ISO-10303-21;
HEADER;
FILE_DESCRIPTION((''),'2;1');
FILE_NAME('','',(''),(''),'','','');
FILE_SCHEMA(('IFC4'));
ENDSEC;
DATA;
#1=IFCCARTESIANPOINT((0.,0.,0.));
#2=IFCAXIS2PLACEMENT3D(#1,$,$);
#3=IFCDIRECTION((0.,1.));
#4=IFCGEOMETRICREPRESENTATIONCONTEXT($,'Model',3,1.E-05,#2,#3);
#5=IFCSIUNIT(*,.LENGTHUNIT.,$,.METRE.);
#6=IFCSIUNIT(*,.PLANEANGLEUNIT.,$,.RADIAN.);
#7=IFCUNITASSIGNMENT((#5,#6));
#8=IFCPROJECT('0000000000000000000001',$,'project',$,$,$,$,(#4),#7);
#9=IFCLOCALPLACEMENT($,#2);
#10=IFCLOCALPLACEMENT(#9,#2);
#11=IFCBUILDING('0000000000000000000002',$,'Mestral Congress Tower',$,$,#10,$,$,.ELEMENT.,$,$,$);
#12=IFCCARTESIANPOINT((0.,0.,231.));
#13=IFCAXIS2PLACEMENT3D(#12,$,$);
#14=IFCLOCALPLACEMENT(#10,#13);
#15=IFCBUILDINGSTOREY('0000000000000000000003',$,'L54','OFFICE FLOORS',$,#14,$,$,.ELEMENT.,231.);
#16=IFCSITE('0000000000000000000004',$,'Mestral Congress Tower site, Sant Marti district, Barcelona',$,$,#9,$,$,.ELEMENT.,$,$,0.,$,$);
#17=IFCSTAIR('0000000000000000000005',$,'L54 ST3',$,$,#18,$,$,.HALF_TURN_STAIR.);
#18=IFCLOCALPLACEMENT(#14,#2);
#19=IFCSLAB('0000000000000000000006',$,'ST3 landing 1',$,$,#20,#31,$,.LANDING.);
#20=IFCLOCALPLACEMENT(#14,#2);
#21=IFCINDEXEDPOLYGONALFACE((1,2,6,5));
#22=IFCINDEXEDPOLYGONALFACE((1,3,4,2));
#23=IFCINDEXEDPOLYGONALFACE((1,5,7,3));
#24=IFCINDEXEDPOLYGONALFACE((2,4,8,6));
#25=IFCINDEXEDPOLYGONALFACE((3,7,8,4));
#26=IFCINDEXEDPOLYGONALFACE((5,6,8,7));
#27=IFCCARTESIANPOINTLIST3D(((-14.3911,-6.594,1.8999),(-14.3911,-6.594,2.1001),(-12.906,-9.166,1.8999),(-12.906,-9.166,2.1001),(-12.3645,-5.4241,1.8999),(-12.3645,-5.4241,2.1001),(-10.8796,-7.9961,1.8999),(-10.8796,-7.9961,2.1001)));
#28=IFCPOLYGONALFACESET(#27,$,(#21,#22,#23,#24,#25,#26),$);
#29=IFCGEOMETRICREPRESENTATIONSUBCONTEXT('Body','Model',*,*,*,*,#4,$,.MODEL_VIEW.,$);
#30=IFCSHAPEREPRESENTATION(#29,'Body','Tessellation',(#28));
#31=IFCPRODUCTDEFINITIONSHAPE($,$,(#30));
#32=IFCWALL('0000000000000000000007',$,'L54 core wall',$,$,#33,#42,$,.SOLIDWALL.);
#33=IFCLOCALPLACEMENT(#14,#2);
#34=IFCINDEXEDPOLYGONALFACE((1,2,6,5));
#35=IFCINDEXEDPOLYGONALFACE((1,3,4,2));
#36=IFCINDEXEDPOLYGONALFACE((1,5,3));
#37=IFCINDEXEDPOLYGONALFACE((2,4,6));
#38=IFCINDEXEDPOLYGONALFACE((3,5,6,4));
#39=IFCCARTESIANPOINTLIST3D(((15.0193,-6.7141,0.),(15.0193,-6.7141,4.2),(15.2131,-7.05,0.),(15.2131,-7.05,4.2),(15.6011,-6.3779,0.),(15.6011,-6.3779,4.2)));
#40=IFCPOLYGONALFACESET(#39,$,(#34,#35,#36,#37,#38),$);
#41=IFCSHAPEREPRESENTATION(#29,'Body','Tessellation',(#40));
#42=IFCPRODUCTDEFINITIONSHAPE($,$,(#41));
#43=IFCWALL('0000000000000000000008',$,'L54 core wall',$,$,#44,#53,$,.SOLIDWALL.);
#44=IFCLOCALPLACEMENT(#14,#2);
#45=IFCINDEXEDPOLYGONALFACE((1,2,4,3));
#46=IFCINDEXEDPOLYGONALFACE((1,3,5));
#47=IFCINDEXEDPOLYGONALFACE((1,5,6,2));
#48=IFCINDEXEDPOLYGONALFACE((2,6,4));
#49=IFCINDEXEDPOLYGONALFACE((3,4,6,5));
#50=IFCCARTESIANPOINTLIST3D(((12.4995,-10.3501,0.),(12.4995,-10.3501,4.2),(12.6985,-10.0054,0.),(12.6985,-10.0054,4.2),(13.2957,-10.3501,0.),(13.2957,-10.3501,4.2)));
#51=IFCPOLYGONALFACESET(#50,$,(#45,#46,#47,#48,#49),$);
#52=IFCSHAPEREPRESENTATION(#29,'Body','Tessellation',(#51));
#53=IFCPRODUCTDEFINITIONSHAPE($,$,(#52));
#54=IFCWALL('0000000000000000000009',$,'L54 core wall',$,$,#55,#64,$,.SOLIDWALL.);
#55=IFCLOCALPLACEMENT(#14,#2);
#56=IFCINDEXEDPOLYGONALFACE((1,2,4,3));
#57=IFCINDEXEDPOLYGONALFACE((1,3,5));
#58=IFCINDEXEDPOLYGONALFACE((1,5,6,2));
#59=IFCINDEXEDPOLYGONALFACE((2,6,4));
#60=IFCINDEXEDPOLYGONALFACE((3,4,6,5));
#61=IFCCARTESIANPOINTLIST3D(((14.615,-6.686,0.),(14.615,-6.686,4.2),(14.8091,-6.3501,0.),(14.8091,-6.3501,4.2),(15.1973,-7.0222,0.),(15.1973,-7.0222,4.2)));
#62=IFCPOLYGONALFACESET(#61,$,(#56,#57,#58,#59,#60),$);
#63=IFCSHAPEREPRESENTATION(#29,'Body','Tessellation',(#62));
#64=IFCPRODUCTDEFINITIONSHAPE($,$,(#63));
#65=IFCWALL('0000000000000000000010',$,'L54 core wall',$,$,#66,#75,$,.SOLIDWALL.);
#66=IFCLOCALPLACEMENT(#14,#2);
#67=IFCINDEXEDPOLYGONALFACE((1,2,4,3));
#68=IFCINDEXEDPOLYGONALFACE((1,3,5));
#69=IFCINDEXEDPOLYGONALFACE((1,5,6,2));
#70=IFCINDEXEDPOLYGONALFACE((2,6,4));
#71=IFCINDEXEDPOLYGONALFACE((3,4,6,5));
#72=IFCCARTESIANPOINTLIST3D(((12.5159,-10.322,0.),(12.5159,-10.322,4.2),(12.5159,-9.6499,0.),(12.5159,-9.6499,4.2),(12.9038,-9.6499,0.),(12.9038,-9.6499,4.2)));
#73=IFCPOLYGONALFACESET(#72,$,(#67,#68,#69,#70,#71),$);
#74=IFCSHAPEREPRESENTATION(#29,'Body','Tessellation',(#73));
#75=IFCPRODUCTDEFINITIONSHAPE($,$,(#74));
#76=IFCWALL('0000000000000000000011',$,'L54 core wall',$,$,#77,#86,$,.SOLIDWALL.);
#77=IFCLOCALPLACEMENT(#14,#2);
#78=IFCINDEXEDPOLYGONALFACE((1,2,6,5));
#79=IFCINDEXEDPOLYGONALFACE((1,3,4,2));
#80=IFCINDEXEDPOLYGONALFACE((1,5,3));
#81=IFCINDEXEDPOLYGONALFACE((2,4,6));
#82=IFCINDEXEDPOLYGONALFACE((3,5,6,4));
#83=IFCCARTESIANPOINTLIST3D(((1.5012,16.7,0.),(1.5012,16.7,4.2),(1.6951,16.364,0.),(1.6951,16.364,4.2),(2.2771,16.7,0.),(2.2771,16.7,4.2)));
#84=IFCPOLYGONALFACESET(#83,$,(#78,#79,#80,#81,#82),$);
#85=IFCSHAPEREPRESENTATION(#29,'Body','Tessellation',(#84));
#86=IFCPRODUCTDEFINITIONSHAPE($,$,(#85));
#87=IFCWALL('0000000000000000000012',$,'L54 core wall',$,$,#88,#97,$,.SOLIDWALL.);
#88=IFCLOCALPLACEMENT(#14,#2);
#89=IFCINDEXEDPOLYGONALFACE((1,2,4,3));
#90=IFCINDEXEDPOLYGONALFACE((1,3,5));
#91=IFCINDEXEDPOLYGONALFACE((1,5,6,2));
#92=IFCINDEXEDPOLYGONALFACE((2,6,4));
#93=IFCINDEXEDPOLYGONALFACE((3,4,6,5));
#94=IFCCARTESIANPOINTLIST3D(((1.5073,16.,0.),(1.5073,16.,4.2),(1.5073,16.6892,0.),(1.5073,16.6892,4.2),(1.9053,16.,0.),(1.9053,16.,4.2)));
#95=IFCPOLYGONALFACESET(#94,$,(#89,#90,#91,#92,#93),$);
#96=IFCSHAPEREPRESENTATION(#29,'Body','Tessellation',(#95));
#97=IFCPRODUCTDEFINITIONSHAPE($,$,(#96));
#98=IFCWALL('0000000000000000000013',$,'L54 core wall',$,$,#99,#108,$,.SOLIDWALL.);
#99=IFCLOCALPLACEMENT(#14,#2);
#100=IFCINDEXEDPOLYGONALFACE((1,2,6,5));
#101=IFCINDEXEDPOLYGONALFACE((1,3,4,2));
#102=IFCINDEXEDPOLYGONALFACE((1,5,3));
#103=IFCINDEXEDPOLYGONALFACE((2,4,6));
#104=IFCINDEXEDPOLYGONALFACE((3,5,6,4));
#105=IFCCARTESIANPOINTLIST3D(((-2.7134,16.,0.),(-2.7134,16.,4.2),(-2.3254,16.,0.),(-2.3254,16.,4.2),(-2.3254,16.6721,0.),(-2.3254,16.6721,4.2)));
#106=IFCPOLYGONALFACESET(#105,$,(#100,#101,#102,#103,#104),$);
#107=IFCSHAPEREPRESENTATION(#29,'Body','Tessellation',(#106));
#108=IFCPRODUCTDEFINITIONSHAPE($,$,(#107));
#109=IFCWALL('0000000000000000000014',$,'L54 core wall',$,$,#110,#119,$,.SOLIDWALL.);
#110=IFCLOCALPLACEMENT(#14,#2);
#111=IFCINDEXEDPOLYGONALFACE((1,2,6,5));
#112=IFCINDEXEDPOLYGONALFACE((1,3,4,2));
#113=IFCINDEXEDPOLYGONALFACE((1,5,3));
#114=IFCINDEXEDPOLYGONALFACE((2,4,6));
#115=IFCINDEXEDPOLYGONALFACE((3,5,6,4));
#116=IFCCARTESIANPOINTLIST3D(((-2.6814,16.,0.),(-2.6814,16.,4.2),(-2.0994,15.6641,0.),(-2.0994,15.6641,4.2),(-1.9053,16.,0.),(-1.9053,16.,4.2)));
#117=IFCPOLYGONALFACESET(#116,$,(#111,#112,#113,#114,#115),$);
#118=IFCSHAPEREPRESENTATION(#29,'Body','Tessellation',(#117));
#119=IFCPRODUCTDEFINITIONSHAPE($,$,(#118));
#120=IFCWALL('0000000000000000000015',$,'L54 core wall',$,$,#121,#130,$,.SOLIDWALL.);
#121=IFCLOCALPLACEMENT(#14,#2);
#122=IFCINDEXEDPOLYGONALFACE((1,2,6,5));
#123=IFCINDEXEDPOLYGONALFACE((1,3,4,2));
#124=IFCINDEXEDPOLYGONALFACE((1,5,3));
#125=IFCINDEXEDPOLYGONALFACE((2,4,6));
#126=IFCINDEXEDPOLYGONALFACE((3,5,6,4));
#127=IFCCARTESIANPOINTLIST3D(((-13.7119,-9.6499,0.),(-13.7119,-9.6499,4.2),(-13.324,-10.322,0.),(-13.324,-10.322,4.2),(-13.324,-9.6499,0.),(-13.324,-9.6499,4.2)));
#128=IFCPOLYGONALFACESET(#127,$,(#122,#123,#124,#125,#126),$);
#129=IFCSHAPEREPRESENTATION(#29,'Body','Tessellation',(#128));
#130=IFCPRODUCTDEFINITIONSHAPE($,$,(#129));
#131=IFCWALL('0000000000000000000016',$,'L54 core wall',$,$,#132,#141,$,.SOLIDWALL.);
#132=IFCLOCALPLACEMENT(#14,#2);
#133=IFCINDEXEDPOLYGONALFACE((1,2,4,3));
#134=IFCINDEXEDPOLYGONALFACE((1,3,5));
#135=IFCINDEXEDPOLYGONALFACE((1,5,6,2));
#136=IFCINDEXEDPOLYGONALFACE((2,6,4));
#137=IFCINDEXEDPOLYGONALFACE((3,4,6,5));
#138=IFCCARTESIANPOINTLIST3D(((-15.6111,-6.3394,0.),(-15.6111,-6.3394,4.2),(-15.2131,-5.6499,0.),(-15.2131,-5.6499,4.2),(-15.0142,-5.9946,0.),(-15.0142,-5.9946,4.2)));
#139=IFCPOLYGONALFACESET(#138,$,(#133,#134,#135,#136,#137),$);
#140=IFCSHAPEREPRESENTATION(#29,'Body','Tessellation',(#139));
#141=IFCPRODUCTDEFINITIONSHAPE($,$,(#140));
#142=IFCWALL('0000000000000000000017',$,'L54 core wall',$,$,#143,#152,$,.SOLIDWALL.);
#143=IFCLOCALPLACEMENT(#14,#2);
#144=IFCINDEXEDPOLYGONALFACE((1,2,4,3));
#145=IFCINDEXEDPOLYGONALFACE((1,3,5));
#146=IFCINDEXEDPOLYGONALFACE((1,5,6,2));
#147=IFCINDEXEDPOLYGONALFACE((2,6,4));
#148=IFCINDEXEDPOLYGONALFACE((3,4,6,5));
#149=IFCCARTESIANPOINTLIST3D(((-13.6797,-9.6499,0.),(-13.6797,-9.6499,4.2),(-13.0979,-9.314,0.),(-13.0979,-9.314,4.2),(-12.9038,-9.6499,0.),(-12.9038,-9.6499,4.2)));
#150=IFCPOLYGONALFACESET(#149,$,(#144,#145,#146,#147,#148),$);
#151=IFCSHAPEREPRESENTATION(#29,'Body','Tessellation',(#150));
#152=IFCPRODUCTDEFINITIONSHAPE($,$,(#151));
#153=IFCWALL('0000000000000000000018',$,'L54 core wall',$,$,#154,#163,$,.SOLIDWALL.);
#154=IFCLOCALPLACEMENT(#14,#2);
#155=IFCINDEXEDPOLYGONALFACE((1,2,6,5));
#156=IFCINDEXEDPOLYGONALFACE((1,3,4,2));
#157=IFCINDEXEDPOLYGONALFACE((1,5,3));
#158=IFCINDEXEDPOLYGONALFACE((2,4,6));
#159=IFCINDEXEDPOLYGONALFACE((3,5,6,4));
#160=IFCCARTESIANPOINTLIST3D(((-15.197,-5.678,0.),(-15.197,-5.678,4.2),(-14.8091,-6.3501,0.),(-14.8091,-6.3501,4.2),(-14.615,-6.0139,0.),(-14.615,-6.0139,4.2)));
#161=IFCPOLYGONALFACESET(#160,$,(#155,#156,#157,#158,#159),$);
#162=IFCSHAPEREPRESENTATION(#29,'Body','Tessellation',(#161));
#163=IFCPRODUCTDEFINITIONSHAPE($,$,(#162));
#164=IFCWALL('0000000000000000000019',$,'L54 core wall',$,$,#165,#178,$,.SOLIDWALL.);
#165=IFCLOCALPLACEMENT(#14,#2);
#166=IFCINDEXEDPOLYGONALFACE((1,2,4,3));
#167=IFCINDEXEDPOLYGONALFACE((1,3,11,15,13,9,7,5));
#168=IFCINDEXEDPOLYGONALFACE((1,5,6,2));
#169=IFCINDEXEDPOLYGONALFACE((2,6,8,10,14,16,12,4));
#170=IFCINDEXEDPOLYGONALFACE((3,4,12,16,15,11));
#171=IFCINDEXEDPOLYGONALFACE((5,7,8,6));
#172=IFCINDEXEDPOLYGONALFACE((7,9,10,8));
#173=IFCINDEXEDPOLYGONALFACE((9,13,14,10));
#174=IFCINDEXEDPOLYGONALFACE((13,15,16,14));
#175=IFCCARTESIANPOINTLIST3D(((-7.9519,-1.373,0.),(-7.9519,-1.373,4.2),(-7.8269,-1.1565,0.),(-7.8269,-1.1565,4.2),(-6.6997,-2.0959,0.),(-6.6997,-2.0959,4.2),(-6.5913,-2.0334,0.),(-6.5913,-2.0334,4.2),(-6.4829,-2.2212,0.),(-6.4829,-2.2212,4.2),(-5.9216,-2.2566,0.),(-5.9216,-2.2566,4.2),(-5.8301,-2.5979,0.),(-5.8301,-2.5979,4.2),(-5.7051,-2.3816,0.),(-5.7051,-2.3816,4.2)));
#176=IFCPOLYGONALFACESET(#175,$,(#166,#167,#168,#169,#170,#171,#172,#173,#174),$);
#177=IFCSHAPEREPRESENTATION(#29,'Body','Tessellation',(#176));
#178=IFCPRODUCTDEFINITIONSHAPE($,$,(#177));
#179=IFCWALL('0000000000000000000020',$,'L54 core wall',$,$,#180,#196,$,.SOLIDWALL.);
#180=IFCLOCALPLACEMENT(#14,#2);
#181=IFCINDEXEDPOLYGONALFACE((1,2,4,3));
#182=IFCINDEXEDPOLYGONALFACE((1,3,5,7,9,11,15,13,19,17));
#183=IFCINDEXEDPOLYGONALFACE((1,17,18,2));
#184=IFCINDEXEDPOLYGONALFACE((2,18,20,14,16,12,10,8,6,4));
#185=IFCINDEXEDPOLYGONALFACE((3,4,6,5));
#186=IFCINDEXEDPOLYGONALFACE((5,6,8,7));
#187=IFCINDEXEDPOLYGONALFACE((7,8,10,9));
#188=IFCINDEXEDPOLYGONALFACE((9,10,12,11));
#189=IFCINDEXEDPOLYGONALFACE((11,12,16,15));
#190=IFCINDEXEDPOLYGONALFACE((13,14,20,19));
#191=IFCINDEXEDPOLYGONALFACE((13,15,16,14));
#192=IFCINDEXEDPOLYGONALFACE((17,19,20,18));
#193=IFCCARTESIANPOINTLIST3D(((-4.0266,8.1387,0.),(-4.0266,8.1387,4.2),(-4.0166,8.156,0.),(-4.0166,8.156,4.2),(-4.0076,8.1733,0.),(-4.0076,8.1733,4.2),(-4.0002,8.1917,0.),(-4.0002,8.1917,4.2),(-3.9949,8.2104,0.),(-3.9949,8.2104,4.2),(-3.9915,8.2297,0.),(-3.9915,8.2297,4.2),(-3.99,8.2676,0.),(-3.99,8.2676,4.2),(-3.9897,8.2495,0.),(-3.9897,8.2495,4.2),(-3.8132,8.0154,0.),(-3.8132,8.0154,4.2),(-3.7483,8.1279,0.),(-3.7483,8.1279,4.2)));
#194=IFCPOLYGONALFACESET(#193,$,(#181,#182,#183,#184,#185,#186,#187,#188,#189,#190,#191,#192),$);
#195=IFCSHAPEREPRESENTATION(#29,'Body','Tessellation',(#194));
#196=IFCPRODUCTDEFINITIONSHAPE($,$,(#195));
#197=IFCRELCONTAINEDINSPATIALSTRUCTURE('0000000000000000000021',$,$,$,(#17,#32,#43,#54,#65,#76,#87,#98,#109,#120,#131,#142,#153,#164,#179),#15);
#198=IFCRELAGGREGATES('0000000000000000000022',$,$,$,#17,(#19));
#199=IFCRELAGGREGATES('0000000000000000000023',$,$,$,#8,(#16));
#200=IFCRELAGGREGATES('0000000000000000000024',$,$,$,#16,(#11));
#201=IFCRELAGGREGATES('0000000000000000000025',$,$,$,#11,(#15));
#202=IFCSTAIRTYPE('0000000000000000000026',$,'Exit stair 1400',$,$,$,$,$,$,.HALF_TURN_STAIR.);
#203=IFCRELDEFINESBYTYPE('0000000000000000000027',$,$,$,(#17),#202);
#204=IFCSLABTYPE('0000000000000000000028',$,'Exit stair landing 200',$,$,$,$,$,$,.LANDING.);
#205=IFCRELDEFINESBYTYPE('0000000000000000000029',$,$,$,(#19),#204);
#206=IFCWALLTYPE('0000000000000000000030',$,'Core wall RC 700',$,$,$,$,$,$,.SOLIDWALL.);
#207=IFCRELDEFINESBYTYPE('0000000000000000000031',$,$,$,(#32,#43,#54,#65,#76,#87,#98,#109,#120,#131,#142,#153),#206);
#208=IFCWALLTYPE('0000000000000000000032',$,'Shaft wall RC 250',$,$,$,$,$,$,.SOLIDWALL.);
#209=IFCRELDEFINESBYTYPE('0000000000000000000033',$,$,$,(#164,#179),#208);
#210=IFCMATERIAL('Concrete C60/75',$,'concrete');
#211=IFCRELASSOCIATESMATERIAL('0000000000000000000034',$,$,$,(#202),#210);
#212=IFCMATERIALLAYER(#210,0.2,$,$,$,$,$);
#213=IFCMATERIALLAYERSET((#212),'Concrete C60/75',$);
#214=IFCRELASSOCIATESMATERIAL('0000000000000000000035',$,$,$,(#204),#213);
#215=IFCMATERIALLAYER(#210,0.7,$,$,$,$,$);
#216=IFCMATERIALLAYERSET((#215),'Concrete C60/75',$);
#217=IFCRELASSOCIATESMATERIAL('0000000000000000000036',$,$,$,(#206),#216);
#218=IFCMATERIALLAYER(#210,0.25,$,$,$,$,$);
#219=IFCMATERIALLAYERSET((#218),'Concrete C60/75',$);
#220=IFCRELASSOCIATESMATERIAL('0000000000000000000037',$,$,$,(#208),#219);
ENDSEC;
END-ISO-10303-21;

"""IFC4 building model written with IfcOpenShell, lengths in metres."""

from ifc_helpers import new_model, si_unit, direction, frame, origin, place, context, subcontext, project, spatial, polyline, outline, extrude, material, layer, layer_set, type_object, element, aggregate, save


model = new_model("IFC4")

# Units and contexts
model_context = context("Model", 3, precision=1e-05, world=origin(), true_north=direction((0.0, 1.0)))
body_context = subcontext(model_context, "Body", "Model", "MODEL_VIEW")
ifc_project = project(units=[si_unit("LENGTHUNIT", "METRE"), si_unit("PLANEANGLEUNIT", "RADIAN")], contexts=[model_context])

# Site, building, storey
site_placement = place(None, origin())
site = spatial("IfcSite", under=ifc_project, at=site_placement, Name="Mestral Congress Tower site, Sant Marti district, Barcelona", CompositionType="ELEMENT", RefElevation=0.0)
building_placement = place(site_placement, origin())
building = spatial("IfcBuilding", under=site, at=building_placement, Name="Mestral Congress Tower", CompositionType="ELEMENT")
storey_placement = place(building_placement, frame((0.0, 0.0, 231.0)))
storey = spatial("IfcBuildingStorey", under=building, at=storey_placement, Name="L54", Description="OFFICE FLOORS", CompositionType="ELEMENT", Elevation=231.0)

# Shared definitions
ifc_material_1 = material(Name="Concrete C60/75", Category="concrete")

# Stair, slab
stair_type = type_object("IfcStairType", Name="Exit stair 1400", PredefinedType="HALF_TURN_STAIR", material=ifc_material_1)
placement_1 = place(storey_placement, origin())
ifc_layer_1 = layer(ifc_material_1, 0.2)
ifc_layer_set_1 = layer_set([ifc_layer_1], Name="Concrete C60/75")
slab_type_1 = type_object("IfcSlabType", Name="Exit stair landing 200", PredefinedType="LANDING", material=ifc_layer_set_1)
placement_2 = place(storey_placement, frame((0.0, 0.0, 1.8999)))
stair_1 = element("IfcStair", 1, at=placement_1, inside=storey, type_object=stair_type, Name="L54 ST3", PredefinedType="HALF_TURN_STAIR")
slab_1 = element("IfcSlab", 2, at=placement_2, type_object=slab_type_1, Name="ST3 landing 1", PredefinedType="LANDING", context=body_context, shape_type="SweptSolid", body=[
    extrude(outline(polyline([(-12.3645, -5.4241), (-10.8796, -7.9961), (-12.906, -9.166), (-14.3911, -6.594), (-12.3645, -5.4241)])), origin(), (0.0, 0.0, 1.0), 0.2002),
])
aggregate(stair_1, [slab_1])

# Walls
ifc_layer_2 = layer(ifc_material_1, 0.7)
ifc_layer_set_2 = layer_set([ifc_layer_2], Name="Concrete C60/75")
wall_type_1 = type_object("IfcWallType", Name="Core wall RC 700", PredefinedType="SOLIDWALL", material=ifc_layer_set_2)
element("IfcWall", 3, at=placement_1, inside=storey, type_object=wall_type_1, Name="L54 core wall", PredefinedType="SOLIDWALL", context=body_context, shape_type="SweptSolid", body=[
    extrude(outline(polyline([(15.2131, -7.05), (15.0193, -6.7141), (15.6011, -6.3779), (15.2131, -7.05)])), origin(), (0.0, 0.0, 1.0), 4.2),
])
element("IfcWall", 4, at=placement_1, inside=storey, type_object=wall_type_1, Name="L54 core wall", PredefinedType="SOLIDWALL", context=body_context, shape_type="SweptSolid", body=[
    extrude(outline(polyline([(12.4995, -10.3501), (12.6985, -10.0054), (13.2957, -10.3501), (12.4995, -10.3501)])), origin(), (0.0, 0.0, 1.0), 4.2),
])
element("IfcWall", 5, at=placement_1, inside=storey, type_object=wall_type_1, Name="L54 core wall", PredefinedType="SOLIDWALL", context=body_context, shape_type="SweptSolid", body=[
    extrude(outline(polyline([(14.8091, -6.3501), (15.1973, -7.0222), (14.615, -6.686), (14.8091, -6.3501)])), origin(), (0.0, 0.0, 1.0), 4.2),
])
element("IfcWall", 6, at=placement_1, inside=storey, type_object=wall_type_1, Name="L54 core wall", PredefinedType="SOLIDWALL", context=body_context, shape_type="SweptSolid", body=[
    extrude(outline(polyline([(12.9038, -9.6499), (12.5159, -10.322), (12.5159, -9.6499), (12.9038, -9.6499)])), origin(), (0.0, 0.0, 1.0), 4.2),
])
element("IfcWall", 7, at=placement_1, inside=storey, type_object=wall_type_1, Name="L54 core wall", PredefinedType="SOLIDWALL", context=body_context, shape_type="SweptSolid", body=[
    extrude(outline(polyline([(1.5012, 16.7), (2.2771, 16.7), (1.6951, 16.364), (1.5012, 16.7)])), origin(), (0.0, 0.0, 1.0), 4.2),
])
element("IfcWall", 8, at=placement_1, inside=storey, type_object=wall_type_1, Name="L54 core wall", PredefinedType="SOLIDWALL", context=body_context, shape_type="SweptSolid", body=[
    extrude(outline(polyline([(1.9053, 16.0), (1.5073, 16.0), (1.5073, 16.6892), (1.9053, 16.0)])), origin(), (0.0, 0.0, 1.0), 4.2),
])
element("IfcWall", 9, at=placement_1, inside=storey, type_object=wall_type_1, Name="L54 core wall", PredefinedType="SOLIDWALL", context=body_context, shape_type="SweptSolid", body=[
    extrude(outline(polyline([(-2.7134, 16.0), (-2.3254, 16.6721), (-2.3254, 16.0), (-2.7134, 16.0)])), origin(), (0.0, 0.0, 1.0), 4.2),
])
element("IfcWall", 10, at=placement_1, inside=storey, type_object=wall_type_1, Name="L54 core wall", PredefinedType="SOLIDWALL", context=body_context, shape_type="SweptSolid", body=[
    extrude(outline(polyline([(-1.9053, 16.0), (-2.0994, 15.6641), (-2.6814, 16.0), (-1.9053, 16.0)])), origin(), (0.0, 0.0, 1.0), 4.2),
])
element("IfcWall", 11, at=placement_1, inside=storey, type_object=wall_type_1, Name="L54 core wall", PredefinedType="SOLIDWALL", context=body_context, shape_type="SweptSolid", body=[
    extrude(outline(polyline([(-13.7119, -9.6499), (-13.324, -9.6499), (-13.324, -10.322), (-13.7119, -9.6499)])), origin(), (0.0, 0.0, 1.0), 4.2),
])
element("IfcWall", 12, at=placement_1, inside=storey, type_object=wall_type_1, Name="L54 core wall", PredefinedType="SOLIDWALL", context=body_context, shape_type="SweptSolid", body=[
    extrude(outline(polyline([(-15.0142, -5.9946), (-15.6111, -6.3394), (-15.2131, -5.6499), (-15.0142, -5.9946)])), origin(), (0.0, 0.0, 1.0), 4.2),
])
element("IfcWall", 13, at=placement_1, inside=storey, type_object=wall_type_1, Name="L54 core wall", PredefinedType="SOLIDWALL", context=body_context, shape_type="SweptSolid", body=[
    extrude(outline(polyline([(-12.9038, -9.6499), (-13.6797, -9.6499), (-13.0979, -9.314), (-12.9038, -9.6499)])), origin(), (0.0, 0.0, 1.0), 4.2),
])
element("IfcWall", 14, at=placement_1, inside=storey, type_object=wall_type_1, Name="L54 core wall", PredefinedType="SOLIDWALL", context=body_context, shape_type="SweptSolid", body=[
    extrude(outline(polyline([(-14.8091, -6.3501), (-15.197, -5.678), (-14.615, -6.0139), (-14.8091, -6.3501)])), origin(), (0.0, 0.0, 1.0), 4.2),
])
ifc_layer_3 = layer(ifc_material_1, 0.25)
ifc_layer_set_3 = layer_set([ifc_layer_3], Name="Concrete C60/75")
wall_type_2 = type_object("IfcWallType", Name="Shaft wall RC 250", PredefinedType="SOLIDWALL", material=ifc_layer_set_3)
element("IfcWall", 15, at=placement_1, inside=storey, type_object=wall_type_2, Name="L54 core wall", PredefinedType="SOLIDWALL", context=body_context, shape_type="SweptSolid", body=[
    extrude(outline(polyline([(-5.9216, -2.2566), (-5.9216, -2.2566), (-5.7051, -2.3816), (-5.8301, -2.5979), (-6.4829, -2.2212), (-6.5913, -2.0334), (-6.5913, -2.0334), (-6.6997, -2.0959), (-7.9519, -1.373), (-7.8269, -1.1565), (-5.9216, -2.2566)])), origin(), (0.0, 0.0, 1.0), 4.2),
])
element("IfcWall", 16, at=placement_1, inside=storey, type_object=wall_type_2, Name="L54 core wall", PredefinedType="SOLIDWALL", context=body_context, shape_type="SweptSolid", body=[
    extrude(outline(polyline([(-3.7483, 8.1279), (-3.8132, 8.0154), (-4.0266, 8.1387), (-4.0166, 8.156), (-4.0076, 8.1733), (-4.0002, 8.1917), (-3.9949, 8.2104), (-3.9915, 8.2297), (-3.9897, 8.2495), (-3.99, 8.2676), (-3.7483, 8.1279)])), origin(), (0.0, 0.0, 1.0), 4.2),
])

save(model, "model.ifc")
